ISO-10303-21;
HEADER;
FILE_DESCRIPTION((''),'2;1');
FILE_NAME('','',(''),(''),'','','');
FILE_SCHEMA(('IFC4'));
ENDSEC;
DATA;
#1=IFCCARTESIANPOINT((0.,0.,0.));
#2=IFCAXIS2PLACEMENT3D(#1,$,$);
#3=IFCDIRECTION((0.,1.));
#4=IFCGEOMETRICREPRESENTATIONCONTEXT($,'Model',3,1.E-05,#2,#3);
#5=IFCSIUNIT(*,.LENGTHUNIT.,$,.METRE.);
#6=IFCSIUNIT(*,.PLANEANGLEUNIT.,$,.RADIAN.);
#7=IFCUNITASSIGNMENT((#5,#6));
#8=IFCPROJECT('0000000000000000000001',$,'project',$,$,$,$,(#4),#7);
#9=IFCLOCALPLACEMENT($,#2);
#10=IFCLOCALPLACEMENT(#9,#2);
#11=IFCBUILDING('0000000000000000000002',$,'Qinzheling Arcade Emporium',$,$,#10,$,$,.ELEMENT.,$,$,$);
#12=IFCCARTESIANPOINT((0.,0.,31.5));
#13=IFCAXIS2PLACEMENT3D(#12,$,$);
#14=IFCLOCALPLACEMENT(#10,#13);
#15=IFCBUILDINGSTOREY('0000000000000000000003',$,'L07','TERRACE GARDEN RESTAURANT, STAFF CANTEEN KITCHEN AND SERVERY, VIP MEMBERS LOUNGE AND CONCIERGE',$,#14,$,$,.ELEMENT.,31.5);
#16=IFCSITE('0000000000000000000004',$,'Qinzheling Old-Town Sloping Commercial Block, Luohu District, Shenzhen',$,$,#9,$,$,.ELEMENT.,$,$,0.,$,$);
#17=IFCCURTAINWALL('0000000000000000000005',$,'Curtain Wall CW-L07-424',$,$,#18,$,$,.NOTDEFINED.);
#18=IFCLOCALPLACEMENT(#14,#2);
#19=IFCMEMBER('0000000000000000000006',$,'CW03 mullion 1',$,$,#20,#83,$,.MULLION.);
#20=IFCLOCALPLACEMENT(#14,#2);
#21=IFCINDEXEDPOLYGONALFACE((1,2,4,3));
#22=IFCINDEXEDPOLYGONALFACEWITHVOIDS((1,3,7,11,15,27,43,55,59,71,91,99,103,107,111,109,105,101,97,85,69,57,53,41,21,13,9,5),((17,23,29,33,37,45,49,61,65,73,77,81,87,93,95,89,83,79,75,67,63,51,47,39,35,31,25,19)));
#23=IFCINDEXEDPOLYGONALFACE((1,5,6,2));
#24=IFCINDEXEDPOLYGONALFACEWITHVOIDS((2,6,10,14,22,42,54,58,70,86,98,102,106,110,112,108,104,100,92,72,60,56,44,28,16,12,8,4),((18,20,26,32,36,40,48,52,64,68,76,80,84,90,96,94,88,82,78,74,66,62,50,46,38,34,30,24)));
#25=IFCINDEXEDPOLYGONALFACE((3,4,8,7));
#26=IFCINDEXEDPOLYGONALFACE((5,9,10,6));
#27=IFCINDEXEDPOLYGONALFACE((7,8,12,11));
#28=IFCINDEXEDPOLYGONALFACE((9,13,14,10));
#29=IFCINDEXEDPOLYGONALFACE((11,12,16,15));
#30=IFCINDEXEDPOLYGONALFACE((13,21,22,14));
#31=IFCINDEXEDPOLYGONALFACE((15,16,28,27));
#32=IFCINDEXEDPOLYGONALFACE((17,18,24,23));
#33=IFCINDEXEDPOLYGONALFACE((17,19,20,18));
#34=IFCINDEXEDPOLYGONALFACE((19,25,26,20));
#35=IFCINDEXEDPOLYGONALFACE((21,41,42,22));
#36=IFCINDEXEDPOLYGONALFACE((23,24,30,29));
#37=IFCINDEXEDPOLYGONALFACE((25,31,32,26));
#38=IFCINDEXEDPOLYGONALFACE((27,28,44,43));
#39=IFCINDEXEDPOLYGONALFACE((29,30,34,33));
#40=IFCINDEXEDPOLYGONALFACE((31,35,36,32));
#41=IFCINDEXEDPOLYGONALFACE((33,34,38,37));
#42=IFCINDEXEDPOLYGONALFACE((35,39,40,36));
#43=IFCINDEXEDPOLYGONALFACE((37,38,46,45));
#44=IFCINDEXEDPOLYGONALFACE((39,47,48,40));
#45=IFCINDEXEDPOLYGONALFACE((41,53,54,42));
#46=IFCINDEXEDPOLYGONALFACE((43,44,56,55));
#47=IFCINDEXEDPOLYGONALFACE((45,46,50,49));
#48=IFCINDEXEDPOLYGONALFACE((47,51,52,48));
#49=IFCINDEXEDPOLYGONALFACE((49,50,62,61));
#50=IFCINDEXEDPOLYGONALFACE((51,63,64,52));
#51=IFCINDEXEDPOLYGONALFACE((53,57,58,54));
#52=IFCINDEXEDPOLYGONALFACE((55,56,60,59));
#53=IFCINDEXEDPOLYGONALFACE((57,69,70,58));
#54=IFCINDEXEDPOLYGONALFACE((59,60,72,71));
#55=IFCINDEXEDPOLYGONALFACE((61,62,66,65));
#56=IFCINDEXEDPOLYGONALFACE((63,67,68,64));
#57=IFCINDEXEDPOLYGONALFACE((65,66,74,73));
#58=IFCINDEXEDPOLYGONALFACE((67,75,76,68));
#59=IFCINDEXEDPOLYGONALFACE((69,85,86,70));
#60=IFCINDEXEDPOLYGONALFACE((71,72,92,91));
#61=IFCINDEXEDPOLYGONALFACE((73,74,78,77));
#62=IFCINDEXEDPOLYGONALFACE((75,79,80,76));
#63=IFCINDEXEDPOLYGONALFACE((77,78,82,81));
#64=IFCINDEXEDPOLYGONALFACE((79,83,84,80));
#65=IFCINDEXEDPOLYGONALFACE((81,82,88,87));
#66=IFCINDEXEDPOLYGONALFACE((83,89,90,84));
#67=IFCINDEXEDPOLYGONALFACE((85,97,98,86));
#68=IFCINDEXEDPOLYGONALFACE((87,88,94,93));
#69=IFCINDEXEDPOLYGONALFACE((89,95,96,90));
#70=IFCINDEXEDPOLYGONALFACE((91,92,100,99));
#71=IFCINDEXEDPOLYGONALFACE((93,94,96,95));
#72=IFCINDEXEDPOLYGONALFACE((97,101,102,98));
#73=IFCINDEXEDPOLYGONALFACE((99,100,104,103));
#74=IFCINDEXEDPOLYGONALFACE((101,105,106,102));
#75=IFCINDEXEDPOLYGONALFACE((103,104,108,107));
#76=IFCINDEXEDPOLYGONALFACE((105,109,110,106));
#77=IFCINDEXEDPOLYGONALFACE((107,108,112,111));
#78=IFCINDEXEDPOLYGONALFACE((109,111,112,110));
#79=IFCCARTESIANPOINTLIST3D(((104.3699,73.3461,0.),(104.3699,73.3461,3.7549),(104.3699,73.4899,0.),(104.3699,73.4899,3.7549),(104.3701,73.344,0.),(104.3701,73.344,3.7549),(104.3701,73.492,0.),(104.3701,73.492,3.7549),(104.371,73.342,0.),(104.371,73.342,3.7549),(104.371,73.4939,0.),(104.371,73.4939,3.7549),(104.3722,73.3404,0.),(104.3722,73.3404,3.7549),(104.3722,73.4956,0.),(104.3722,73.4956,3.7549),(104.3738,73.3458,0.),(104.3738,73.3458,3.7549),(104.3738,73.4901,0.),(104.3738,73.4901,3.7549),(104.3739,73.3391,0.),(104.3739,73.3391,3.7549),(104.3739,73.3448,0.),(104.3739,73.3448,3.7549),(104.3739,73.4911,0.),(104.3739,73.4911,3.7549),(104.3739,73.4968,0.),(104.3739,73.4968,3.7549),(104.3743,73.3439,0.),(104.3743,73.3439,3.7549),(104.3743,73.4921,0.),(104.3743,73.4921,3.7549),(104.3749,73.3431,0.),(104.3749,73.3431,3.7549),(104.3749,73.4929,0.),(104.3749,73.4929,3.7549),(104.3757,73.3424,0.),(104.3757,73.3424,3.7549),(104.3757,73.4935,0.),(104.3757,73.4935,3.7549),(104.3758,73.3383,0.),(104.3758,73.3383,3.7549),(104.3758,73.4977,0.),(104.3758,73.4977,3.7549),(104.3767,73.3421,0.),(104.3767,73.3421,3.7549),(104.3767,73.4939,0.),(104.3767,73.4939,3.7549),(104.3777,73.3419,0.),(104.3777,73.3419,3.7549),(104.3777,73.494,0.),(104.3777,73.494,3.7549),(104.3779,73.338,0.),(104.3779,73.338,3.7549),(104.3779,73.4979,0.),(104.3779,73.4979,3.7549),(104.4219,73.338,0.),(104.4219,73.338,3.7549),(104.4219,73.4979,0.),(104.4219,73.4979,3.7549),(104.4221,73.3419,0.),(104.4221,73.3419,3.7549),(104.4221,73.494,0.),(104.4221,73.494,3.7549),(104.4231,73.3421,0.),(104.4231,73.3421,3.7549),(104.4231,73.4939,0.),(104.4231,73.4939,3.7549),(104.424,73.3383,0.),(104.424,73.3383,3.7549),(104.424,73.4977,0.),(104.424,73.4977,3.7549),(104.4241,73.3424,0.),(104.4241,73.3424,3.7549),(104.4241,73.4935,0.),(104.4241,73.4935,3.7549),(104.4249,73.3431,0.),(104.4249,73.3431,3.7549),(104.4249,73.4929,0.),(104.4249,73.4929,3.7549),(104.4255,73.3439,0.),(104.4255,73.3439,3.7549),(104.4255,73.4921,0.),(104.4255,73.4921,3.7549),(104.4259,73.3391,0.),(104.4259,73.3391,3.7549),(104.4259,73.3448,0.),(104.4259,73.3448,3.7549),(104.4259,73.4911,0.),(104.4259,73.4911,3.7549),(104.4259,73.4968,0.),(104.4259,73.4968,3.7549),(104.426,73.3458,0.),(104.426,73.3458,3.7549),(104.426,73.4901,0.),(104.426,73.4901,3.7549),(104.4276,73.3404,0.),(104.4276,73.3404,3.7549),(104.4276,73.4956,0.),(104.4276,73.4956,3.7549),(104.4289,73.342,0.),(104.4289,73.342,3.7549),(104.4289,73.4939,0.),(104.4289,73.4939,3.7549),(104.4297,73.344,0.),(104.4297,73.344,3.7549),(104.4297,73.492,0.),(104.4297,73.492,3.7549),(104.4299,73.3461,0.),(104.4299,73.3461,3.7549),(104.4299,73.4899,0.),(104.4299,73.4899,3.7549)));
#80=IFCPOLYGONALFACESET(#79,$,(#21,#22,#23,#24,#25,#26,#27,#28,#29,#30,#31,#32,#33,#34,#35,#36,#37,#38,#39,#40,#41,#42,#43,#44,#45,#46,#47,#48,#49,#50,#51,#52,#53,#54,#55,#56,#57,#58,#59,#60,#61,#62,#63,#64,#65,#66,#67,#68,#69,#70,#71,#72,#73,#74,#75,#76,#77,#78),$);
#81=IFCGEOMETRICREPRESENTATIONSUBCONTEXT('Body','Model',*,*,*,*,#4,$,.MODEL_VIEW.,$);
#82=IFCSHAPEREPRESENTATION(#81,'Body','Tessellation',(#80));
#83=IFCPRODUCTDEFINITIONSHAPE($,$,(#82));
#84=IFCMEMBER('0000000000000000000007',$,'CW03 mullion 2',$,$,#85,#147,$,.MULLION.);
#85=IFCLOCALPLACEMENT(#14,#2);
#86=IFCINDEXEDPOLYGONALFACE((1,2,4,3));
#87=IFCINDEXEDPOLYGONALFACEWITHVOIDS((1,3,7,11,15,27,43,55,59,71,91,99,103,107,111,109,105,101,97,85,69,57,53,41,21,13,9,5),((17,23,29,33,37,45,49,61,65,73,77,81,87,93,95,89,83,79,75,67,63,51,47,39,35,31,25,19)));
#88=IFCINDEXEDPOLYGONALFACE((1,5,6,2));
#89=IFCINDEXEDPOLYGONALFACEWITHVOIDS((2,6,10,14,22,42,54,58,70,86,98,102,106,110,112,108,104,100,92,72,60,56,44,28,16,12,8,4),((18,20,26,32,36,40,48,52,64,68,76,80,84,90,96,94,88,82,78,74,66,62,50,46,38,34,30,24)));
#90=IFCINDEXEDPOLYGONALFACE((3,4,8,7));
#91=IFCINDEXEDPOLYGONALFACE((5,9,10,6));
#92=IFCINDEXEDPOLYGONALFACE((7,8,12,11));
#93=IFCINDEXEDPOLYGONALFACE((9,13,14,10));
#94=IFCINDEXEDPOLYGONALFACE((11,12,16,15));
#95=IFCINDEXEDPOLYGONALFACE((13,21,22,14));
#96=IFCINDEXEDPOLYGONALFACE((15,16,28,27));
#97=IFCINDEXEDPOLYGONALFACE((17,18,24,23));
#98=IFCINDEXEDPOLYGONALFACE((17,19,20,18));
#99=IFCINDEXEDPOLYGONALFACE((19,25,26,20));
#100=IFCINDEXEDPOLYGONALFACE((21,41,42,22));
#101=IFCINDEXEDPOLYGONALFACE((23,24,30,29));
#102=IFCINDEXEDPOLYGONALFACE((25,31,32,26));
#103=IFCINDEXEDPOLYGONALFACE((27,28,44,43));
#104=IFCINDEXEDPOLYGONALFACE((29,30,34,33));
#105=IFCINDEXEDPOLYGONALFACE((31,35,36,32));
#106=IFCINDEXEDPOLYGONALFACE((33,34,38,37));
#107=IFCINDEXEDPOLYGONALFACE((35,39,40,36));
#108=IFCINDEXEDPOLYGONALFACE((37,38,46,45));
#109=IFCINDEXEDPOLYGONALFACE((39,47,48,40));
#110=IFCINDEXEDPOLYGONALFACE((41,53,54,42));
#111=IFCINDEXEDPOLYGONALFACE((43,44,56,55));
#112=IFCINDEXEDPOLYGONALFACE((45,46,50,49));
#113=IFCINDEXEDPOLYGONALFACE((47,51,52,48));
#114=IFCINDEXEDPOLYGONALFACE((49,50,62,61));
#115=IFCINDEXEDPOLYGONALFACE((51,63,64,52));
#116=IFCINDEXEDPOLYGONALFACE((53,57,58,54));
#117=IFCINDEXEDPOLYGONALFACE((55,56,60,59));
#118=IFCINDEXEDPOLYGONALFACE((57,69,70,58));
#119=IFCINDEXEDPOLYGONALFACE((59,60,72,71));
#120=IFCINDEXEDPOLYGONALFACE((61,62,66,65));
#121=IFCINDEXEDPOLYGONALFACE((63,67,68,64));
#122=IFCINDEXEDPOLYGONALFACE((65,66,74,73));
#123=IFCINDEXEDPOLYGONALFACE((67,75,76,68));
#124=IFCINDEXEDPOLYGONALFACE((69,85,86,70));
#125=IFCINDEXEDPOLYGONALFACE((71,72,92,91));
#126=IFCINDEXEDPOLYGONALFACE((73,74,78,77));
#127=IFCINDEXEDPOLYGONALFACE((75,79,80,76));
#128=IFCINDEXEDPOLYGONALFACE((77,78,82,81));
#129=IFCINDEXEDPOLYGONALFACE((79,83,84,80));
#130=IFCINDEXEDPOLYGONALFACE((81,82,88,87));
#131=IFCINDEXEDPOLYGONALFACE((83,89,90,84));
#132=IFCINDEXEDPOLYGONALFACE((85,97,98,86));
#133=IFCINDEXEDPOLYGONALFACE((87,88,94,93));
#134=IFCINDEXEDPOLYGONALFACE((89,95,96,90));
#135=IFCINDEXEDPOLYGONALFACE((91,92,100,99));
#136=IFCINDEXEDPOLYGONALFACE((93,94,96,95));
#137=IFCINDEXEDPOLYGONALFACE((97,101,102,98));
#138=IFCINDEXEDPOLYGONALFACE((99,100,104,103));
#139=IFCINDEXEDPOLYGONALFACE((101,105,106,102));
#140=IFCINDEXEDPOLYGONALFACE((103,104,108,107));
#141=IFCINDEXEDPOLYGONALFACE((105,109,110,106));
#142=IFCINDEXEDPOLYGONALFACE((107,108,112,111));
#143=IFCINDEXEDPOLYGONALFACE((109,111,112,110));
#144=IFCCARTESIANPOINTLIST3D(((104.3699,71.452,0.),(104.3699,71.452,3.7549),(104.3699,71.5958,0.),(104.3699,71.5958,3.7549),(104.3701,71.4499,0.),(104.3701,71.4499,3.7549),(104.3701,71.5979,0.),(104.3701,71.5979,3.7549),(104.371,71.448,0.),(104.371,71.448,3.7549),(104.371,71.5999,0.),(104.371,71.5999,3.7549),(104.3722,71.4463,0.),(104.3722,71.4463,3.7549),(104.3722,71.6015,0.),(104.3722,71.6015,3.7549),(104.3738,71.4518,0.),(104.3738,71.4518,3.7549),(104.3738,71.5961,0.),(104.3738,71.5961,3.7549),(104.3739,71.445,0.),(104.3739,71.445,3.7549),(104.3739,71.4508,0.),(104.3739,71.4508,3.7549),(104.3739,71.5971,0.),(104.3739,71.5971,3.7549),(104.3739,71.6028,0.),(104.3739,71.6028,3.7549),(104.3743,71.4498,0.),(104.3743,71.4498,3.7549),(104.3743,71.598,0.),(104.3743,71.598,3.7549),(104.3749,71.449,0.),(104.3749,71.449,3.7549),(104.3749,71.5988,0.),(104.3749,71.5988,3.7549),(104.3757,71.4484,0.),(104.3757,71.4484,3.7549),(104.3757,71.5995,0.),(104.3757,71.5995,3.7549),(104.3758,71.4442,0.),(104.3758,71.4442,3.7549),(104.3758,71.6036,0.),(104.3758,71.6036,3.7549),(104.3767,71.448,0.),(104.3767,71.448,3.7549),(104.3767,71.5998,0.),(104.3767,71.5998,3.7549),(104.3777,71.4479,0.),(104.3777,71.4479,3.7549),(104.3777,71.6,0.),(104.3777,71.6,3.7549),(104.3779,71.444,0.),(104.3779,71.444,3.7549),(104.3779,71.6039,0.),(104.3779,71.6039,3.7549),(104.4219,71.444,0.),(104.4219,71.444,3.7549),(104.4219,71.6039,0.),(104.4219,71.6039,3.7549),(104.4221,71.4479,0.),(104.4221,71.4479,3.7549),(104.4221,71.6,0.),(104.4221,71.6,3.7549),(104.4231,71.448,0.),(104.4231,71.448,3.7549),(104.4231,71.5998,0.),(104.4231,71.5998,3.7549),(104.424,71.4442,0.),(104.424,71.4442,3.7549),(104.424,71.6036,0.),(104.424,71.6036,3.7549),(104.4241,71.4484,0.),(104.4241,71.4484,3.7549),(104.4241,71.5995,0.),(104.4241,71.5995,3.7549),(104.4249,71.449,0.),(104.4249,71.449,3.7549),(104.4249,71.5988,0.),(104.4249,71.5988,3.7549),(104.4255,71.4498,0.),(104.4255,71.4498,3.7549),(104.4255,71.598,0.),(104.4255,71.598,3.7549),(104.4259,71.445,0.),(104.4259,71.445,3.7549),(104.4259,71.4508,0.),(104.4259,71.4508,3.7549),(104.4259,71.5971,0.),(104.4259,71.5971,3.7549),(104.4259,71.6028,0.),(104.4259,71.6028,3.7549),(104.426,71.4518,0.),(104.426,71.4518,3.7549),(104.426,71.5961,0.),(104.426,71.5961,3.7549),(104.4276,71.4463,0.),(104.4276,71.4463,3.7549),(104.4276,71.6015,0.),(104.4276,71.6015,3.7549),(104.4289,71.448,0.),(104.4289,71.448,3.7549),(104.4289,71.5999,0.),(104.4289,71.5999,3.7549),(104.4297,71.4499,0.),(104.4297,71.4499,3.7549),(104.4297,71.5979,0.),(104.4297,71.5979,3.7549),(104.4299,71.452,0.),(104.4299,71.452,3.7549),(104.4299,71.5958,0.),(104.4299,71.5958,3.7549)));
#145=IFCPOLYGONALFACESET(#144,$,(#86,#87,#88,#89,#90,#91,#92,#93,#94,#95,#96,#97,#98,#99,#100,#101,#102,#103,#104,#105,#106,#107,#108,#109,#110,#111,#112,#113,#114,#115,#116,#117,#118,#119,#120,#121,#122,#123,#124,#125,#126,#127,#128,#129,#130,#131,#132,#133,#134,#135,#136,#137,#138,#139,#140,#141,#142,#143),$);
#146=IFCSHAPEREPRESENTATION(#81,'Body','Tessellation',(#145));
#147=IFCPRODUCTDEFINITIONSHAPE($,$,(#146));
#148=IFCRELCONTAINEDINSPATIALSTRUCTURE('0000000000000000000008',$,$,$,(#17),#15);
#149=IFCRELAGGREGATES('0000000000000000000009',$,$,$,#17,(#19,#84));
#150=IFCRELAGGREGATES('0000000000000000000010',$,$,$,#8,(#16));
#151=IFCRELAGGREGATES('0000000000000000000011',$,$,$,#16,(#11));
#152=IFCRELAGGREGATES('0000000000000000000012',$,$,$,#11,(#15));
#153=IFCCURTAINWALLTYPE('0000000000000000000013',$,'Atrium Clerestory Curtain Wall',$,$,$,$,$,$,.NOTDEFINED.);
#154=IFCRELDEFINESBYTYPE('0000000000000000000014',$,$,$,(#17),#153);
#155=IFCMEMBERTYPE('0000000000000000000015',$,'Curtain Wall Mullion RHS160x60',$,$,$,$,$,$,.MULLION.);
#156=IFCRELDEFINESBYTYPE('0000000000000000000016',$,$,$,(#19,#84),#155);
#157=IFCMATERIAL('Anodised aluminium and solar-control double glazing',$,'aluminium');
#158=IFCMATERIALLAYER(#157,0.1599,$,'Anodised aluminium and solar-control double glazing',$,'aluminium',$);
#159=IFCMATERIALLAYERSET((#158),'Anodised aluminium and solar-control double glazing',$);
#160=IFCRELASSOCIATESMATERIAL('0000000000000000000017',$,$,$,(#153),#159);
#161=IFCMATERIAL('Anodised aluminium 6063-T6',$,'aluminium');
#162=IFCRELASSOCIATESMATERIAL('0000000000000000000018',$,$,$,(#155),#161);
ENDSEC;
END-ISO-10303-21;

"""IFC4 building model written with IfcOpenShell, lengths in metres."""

from ifc_helpers import new_model, si_unit, direction, frame, origin, origin_2d, place, context, subcontext, project, spatial, hollow_rectangle, extrude, material, layer, layer_set, material_profile, profile_set, type_object, element, aggregate, save


model = new_model("IFC4")

# Units and contexts
model_context = context("Model", 3, precision=1e-05, world=origin(), true_north=direction((0.0, 1.0)))
body_context = subcontext(model_context, "Body", "Model", "MODEL_VIEW")
ifc_project = project(units=[si_unit("LENGTHUNIT", "METRE"), si_unit("PLANEANGLEUNIT", "RADIAN")], contexts=[model_context])

# Site, building, storey
site_placement = place(None, origin())
site = spatial("IfcSite", under=ifc_project, at=site_placement, Name="Qinzheling Old-Town Sloping Commercial Block, Luohu District, Shenzhen", CompositionType="ELEMENT", RefElevation=0.0)
building_placement = place(site_placement, origin())
building = spatial("IfcBuilding", under=site, at=building_placement, Name="Qinzheling Arcade Emporium", CompositionType="ELEMENT")
storey_placement = place(building_placement, frame((0.0, 0.0, 31.5)))
storey = spatial("IfcBuildingStorey", under=building, at=storey_placement, Name="L07", Description="TERRACE GARDEN RESTAURANT, STAFF CANTEEN KITCHEN AND SERVERY, VIP MEMBERS LOUNGE AND CONCIERGE", CompositionType="ELEMENT", Elevation=31.5)

# Curtain wall, members
ifc_material_1 = material(Name="Anodised aluminium and solar-control double glazing", Category="aluminium")
ifc_layer_1 = layer(ifc_material_1, 0.1599, Name="Anodised aluminium and solar-control double glazing", Category="aluminium")
ifc_layer_set_1 = layer_set([ifc_layer_1], Name="Anodised aluminium and solar-control double glazing")
curtain_wall_type = type_object("IfcCurtainWallType", Name="Atrium Clerestory Curtain Wall", PredefinedType="NOTDEFINED", material=ifc_layer_set_1)
curtain_wall_placement = place(storey_placement, origin())
curtain_wall = element("IfcCurtainWall", 1, at=curtain_wall_placement, inside=storey, type_object=curtain_wall_type, Name="Curtain Wall CW-L07-424", PredefinedType="NOTDEFINED")
ifc_material_2 = material(Name="Anodised aluminium 6063-T6", Category="aluminium")
ifc_material_profile_1 = material_profile(ifc_material_2, hollow_rectangle(XDim=0.0601, YDim=0.1599, WallThickness=0.0039, InnerFilletRadius=0.0039, OuterFilletRadius=0.0081, at=origin_2d()), Name="RHS 160x60x4", Category="aluminium")
ifc_profile_set_1 = profile_set([ifc_material_profile_1], Name="Anodised aluminium 6063-T6")
member_type_1 = type_object("IfcMemberType", Name="Curtain Wall Mullion RHS160x60", PredefinedType="MULLION", material=ifc_profile_set_1)
member_1_placement = place(storey_placement, frame((104.3999, 73.418, 0.0), z_axis=(0.0, 0.0, 1.0), x_axis=(1.0, 0.0, 0.0)))
member_1 = element("IfcMember", 2, at=member_1_placement, type_object=member_type_1, Name="CW03 mullion 1", PredefinedType="MULLION", context=body_context, shape_type="SweptSolid", body=[
    extrude(hollow_rectangle(XDim=0.0601, YDim=0.1599, WallThickness=0.0039, InnerFilletRadius=0.0039, OuterFilletRadius=0.0081, at=origin_2d()), origin(), (0.0, 0.0, 1.0), 3.7549),
])
member_2_placement = place(storey_placement, frame((104.3999, 71.5239, 0.0), z_axis=(0.0, 0.0, 1.0), x_axis=(1.0, 0.0, 0.0)))
member_2 = element("IfcMember", 3, at=member_2_placement, type_object=member_type_1, Name="CW03 mullion 2", PredefinedType="MULLION", context=body_context, shape_type="SweptSolid", body=[
    extrude(hollow_rectangle(XDim=0.0601, YDim=0.1599, WallThickness=0.0039, InnerFilletRadius=0.0039, OuterFilletRadius=0.0081, at=origin_2d()), origin(), (0.0, 0.0, 1.0), 3.7549),
])
aggregate(curtain_wall, [member_1, member_2])

save(model, "model.ifc")
